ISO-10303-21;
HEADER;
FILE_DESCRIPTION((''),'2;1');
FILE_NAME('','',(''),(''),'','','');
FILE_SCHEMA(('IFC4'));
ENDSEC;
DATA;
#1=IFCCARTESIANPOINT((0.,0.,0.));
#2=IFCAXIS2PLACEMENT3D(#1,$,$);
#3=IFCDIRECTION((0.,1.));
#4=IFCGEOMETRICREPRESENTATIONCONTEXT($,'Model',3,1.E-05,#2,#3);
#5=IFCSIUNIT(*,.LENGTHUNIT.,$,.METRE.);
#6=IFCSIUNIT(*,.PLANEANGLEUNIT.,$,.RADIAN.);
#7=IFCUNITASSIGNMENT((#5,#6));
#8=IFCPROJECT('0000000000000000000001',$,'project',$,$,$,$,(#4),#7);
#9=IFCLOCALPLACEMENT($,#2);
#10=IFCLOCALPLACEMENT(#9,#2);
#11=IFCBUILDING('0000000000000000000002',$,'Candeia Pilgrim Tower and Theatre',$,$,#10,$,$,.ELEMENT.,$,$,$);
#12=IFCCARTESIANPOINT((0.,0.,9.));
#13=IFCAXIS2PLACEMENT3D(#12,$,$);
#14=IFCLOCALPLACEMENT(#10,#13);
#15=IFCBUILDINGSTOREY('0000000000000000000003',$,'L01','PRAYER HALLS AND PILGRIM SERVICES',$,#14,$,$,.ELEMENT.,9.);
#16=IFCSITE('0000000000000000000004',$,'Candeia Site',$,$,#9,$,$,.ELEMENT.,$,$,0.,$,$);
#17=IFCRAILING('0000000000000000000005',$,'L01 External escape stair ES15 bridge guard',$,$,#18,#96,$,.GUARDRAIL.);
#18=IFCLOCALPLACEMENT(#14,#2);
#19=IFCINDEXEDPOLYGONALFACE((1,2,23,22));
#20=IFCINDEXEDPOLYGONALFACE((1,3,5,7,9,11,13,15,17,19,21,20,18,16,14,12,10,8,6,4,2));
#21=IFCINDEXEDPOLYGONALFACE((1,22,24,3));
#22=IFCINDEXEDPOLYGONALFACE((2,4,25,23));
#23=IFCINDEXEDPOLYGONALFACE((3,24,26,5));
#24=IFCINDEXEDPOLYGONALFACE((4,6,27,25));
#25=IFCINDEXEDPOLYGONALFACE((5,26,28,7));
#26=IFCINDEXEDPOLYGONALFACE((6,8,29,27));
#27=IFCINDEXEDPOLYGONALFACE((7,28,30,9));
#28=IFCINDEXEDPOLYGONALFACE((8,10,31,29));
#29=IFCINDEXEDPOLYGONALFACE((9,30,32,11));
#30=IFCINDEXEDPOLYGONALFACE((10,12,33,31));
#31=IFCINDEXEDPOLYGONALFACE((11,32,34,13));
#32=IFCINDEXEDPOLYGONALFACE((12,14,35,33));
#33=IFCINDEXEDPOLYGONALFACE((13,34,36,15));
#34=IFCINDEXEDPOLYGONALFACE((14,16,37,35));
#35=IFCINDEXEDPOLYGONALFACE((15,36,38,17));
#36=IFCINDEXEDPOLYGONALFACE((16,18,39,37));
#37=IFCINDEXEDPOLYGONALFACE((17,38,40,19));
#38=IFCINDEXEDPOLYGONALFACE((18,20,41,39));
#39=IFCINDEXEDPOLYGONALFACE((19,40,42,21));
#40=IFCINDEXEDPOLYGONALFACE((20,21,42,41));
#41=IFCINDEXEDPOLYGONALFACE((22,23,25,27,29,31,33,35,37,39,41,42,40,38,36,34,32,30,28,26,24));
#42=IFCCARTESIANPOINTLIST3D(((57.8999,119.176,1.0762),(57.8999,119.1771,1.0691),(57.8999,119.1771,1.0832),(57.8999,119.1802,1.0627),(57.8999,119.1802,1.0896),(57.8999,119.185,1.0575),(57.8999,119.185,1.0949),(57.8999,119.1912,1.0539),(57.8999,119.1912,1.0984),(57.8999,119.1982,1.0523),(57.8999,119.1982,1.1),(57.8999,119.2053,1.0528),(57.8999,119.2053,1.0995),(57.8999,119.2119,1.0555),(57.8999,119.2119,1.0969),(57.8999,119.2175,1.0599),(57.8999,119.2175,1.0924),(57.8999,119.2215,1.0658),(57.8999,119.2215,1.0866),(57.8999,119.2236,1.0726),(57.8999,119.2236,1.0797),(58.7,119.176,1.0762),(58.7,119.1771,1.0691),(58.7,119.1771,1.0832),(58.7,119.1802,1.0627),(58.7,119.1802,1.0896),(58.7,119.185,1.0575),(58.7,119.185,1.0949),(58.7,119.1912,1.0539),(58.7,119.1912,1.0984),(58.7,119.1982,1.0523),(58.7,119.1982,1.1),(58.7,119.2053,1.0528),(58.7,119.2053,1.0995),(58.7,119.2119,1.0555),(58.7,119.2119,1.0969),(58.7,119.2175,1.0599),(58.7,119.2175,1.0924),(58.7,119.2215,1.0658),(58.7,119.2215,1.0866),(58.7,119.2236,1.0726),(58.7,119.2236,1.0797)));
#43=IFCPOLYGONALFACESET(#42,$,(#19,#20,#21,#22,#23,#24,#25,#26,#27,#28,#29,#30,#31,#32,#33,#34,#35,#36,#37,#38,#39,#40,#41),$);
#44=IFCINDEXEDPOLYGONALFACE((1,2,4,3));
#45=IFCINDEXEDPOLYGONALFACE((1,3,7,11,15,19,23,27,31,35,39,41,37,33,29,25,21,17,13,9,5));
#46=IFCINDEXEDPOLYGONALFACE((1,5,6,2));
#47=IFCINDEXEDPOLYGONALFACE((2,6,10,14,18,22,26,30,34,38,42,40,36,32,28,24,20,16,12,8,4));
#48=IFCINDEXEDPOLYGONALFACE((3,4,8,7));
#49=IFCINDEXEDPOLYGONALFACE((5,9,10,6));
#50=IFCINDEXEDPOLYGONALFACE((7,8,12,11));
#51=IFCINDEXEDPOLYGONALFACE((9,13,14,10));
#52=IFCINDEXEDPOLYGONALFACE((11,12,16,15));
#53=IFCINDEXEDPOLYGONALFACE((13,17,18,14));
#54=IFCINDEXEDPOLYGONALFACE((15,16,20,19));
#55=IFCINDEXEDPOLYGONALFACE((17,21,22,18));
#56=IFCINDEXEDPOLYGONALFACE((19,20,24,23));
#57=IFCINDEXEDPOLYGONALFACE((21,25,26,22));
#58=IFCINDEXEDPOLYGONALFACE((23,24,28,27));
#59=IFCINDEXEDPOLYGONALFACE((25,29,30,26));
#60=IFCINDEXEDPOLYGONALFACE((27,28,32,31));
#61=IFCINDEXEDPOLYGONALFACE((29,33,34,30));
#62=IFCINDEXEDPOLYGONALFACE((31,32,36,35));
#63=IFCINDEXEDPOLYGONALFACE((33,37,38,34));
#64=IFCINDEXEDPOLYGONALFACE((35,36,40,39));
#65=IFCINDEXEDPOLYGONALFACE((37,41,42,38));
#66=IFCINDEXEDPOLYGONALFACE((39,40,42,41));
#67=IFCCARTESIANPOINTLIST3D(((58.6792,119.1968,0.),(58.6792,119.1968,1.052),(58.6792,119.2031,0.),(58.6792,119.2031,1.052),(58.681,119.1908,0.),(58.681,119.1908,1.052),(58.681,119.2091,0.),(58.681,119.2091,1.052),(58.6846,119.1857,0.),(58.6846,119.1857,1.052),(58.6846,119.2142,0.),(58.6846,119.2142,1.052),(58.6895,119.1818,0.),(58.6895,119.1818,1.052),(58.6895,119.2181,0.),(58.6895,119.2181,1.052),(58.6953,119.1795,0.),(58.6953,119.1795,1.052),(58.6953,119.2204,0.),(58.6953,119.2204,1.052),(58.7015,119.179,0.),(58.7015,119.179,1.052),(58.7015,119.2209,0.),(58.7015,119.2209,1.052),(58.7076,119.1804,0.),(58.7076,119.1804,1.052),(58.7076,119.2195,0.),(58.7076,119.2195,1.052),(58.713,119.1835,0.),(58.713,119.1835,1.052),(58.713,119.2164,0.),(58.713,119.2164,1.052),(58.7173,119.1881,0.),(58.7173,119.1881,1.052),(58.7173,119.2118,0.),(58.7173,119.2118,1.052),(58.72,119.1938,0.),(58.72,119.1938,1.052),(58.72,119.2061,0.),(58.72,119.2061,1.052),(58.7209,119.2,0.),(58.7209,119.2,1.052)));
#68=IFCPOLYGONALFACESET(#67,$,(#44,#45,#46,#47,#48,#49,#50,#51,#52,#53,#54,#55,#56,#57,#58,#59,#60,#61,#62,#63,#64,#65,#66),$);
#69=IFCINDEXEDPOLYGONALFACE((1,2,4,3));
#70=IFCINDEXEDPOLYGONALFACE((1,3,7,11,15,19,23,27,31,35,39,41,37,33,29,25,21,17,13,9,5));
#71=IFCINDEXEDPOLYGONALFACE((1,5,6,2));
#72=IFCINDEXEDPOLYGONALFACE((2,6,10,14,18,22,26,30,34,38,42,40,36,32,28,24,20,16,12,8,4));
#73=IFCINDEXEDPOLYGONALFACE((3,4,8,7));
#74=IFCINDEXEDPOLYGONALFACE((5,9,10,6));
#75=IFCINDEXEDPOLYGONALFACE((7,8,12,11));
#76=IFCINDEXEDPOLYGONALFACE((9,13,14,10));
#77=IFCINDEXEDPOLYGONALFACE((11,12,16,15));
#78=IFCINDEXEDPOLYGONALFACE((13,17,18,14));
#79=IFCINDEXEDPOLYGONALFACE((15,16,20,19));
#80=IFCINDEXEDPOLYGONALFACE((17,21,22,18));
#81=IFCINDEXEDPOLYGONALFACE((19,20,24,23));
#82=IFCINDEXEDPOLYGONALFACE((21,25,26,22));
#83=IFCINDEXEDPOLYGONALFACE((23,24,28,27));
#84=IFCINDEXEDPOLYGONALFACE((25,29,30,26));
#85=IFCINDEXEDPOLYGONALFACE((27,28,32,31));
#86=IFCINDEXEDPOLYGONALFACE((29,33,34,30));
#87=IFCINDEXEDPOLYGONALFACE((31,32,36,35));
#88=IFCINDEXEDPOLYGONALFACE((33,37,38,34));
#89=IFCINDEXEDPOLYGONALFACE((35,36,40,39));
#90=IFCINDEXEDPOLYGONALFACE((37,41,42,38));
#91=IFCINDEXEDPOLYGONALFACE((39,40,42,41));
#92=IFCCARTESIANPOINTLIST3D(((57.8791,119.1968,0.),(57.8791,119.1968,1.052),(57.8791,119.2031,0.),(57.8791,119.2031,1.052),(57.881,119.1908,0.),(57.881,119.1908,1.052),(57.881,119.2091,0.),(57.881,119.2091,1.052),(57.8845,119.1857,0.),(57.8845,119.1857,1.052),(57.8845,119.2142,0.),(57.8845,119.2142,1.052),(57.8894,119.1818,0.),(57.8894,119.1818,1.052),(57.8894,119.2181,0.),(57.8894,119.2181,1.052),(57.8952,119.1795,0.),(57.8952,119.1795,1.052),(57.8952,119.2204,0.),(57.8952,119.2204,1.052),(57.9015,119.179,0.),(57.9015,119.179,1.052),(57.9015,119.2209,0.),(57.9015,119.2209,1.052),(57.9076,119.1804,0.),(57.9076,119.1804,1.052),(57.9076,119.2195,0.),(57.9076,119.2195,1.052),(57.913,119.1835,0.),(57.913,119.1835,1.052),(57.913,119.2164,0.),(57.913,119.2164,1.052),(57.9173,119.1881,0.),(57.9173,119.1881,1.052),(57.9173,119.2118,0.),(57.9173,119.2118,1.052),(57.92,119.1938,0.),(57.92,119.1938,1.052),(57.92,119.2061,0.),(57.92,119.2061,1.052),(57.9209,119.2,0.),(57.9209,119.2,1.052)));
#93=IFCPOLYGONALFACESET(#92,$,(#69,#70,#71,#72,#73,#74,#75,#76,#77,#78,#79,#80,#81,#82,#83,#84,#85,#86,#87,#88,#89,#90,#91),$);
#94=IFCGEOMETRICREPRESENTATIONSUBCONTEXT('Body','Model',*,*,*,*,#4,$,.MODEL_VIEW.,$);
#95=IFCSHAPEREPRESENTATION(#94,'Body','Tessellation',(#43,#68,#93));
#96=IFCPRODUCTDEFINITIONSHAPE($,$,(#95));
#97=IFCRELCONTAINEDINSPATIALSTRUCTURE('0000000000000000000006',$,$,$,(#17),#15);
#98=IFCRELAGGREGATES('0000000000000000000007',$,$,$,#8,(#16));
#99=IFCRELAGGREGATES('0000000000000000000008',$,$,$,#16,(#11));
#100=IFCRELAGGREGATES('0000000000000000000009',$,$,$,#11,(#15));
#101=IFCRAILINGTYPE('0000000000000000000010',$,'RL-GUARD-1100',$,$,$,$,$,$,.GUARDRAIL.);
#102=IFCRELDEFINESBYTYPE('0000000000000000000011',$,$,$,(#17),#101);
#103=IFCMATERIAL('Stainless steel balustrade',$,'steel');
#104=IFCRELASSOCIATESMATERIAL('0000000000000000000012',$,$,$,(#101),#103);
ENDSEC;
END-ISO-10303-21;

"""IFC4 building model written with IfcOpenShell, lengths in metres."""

from ifc_helpers import new_model, si_unit, direction, frame, origin, origin_2d, place, context, subcontext, project, spatial, circle, extrude, material, type_object, element, save


model = new_model("IFC4")

# Units and contexts
model_context = context("Model", 3, precision=1e-05, world=origin(), true_north=direction((0.0, 1.0)))
body_context = subcontext(model_context, "Body", "Model", "MODEL_VIEW")
ifc_project = project(units=[si_unit("LENGTHUNIT", "METRE"), si_unit("PLANEANGLEUNIT", "RADIAN")], contexts=[model_context])

# Site, building, storey
site_placement = place(None, origin())
site = spatial("IfcSite", under=ifc_project, at=site_placement, Name="Candeia Site", CompositionType="ELEMENT", RefElevation=0.0)
building_placement = place(site_placement, origin())
building = spatial("IfcBuilding", under=site, at=building_placement, Name="Candeia Pilgrim Tower and Theatre", CompositionType="ELEMENT")
storey_placement = place(building_placement, frame((0.0, 0.0, 9.0)))
storey = spatial("IfcBuildingStorey", under=building, at=storey_placement, Name="L01", Description="PRAYER HALLS AND PILGRIM SERVICES", CompositionType="ELEMENT", Elevation=9.0)

# Railing
ifc_material_1 = material(Name="Stainless steel balustrade", Category="steel")
railing_type_1 = type_object("IfcRailingType", Name="RL-GUARD-1100", PredefinedType="GUARDRAIL", material=ifc_material_1)
railing_1_placement = place(storey_placement, frame((58.7, 119.2, 0.0)))
element("IfcRailing", 1, at=railing_1_placement, inside=storey, type_object=railing_type_1, Name="L01 External escape stair ES15 bridge guard", PredefinedType="GUARDRAIL", context=body_context, shape_type="SweptSolid", body=[
    extrude(circle(Radius=0.0239, at=origin_2d()), frame((0.0, 0.0, 1.0762), z_axis=(-1.0, 0.0, 0.0), x_axis=(0.0, -1.0, 0.0)), (0.0, 0.0, 1.0), 0.8),
    extrude(circle(Radius=0.021, at=origin_2d()), origin(), (0.0, 0.0, 1.0), 1.052),
    extrude(circle(Radius=0.021, at=origin_2d()), frame((-0.8, 0.0, 0.0)), (0.0, 0.0, 1.0), 1.052),
])

save(model, "model.ifc")
